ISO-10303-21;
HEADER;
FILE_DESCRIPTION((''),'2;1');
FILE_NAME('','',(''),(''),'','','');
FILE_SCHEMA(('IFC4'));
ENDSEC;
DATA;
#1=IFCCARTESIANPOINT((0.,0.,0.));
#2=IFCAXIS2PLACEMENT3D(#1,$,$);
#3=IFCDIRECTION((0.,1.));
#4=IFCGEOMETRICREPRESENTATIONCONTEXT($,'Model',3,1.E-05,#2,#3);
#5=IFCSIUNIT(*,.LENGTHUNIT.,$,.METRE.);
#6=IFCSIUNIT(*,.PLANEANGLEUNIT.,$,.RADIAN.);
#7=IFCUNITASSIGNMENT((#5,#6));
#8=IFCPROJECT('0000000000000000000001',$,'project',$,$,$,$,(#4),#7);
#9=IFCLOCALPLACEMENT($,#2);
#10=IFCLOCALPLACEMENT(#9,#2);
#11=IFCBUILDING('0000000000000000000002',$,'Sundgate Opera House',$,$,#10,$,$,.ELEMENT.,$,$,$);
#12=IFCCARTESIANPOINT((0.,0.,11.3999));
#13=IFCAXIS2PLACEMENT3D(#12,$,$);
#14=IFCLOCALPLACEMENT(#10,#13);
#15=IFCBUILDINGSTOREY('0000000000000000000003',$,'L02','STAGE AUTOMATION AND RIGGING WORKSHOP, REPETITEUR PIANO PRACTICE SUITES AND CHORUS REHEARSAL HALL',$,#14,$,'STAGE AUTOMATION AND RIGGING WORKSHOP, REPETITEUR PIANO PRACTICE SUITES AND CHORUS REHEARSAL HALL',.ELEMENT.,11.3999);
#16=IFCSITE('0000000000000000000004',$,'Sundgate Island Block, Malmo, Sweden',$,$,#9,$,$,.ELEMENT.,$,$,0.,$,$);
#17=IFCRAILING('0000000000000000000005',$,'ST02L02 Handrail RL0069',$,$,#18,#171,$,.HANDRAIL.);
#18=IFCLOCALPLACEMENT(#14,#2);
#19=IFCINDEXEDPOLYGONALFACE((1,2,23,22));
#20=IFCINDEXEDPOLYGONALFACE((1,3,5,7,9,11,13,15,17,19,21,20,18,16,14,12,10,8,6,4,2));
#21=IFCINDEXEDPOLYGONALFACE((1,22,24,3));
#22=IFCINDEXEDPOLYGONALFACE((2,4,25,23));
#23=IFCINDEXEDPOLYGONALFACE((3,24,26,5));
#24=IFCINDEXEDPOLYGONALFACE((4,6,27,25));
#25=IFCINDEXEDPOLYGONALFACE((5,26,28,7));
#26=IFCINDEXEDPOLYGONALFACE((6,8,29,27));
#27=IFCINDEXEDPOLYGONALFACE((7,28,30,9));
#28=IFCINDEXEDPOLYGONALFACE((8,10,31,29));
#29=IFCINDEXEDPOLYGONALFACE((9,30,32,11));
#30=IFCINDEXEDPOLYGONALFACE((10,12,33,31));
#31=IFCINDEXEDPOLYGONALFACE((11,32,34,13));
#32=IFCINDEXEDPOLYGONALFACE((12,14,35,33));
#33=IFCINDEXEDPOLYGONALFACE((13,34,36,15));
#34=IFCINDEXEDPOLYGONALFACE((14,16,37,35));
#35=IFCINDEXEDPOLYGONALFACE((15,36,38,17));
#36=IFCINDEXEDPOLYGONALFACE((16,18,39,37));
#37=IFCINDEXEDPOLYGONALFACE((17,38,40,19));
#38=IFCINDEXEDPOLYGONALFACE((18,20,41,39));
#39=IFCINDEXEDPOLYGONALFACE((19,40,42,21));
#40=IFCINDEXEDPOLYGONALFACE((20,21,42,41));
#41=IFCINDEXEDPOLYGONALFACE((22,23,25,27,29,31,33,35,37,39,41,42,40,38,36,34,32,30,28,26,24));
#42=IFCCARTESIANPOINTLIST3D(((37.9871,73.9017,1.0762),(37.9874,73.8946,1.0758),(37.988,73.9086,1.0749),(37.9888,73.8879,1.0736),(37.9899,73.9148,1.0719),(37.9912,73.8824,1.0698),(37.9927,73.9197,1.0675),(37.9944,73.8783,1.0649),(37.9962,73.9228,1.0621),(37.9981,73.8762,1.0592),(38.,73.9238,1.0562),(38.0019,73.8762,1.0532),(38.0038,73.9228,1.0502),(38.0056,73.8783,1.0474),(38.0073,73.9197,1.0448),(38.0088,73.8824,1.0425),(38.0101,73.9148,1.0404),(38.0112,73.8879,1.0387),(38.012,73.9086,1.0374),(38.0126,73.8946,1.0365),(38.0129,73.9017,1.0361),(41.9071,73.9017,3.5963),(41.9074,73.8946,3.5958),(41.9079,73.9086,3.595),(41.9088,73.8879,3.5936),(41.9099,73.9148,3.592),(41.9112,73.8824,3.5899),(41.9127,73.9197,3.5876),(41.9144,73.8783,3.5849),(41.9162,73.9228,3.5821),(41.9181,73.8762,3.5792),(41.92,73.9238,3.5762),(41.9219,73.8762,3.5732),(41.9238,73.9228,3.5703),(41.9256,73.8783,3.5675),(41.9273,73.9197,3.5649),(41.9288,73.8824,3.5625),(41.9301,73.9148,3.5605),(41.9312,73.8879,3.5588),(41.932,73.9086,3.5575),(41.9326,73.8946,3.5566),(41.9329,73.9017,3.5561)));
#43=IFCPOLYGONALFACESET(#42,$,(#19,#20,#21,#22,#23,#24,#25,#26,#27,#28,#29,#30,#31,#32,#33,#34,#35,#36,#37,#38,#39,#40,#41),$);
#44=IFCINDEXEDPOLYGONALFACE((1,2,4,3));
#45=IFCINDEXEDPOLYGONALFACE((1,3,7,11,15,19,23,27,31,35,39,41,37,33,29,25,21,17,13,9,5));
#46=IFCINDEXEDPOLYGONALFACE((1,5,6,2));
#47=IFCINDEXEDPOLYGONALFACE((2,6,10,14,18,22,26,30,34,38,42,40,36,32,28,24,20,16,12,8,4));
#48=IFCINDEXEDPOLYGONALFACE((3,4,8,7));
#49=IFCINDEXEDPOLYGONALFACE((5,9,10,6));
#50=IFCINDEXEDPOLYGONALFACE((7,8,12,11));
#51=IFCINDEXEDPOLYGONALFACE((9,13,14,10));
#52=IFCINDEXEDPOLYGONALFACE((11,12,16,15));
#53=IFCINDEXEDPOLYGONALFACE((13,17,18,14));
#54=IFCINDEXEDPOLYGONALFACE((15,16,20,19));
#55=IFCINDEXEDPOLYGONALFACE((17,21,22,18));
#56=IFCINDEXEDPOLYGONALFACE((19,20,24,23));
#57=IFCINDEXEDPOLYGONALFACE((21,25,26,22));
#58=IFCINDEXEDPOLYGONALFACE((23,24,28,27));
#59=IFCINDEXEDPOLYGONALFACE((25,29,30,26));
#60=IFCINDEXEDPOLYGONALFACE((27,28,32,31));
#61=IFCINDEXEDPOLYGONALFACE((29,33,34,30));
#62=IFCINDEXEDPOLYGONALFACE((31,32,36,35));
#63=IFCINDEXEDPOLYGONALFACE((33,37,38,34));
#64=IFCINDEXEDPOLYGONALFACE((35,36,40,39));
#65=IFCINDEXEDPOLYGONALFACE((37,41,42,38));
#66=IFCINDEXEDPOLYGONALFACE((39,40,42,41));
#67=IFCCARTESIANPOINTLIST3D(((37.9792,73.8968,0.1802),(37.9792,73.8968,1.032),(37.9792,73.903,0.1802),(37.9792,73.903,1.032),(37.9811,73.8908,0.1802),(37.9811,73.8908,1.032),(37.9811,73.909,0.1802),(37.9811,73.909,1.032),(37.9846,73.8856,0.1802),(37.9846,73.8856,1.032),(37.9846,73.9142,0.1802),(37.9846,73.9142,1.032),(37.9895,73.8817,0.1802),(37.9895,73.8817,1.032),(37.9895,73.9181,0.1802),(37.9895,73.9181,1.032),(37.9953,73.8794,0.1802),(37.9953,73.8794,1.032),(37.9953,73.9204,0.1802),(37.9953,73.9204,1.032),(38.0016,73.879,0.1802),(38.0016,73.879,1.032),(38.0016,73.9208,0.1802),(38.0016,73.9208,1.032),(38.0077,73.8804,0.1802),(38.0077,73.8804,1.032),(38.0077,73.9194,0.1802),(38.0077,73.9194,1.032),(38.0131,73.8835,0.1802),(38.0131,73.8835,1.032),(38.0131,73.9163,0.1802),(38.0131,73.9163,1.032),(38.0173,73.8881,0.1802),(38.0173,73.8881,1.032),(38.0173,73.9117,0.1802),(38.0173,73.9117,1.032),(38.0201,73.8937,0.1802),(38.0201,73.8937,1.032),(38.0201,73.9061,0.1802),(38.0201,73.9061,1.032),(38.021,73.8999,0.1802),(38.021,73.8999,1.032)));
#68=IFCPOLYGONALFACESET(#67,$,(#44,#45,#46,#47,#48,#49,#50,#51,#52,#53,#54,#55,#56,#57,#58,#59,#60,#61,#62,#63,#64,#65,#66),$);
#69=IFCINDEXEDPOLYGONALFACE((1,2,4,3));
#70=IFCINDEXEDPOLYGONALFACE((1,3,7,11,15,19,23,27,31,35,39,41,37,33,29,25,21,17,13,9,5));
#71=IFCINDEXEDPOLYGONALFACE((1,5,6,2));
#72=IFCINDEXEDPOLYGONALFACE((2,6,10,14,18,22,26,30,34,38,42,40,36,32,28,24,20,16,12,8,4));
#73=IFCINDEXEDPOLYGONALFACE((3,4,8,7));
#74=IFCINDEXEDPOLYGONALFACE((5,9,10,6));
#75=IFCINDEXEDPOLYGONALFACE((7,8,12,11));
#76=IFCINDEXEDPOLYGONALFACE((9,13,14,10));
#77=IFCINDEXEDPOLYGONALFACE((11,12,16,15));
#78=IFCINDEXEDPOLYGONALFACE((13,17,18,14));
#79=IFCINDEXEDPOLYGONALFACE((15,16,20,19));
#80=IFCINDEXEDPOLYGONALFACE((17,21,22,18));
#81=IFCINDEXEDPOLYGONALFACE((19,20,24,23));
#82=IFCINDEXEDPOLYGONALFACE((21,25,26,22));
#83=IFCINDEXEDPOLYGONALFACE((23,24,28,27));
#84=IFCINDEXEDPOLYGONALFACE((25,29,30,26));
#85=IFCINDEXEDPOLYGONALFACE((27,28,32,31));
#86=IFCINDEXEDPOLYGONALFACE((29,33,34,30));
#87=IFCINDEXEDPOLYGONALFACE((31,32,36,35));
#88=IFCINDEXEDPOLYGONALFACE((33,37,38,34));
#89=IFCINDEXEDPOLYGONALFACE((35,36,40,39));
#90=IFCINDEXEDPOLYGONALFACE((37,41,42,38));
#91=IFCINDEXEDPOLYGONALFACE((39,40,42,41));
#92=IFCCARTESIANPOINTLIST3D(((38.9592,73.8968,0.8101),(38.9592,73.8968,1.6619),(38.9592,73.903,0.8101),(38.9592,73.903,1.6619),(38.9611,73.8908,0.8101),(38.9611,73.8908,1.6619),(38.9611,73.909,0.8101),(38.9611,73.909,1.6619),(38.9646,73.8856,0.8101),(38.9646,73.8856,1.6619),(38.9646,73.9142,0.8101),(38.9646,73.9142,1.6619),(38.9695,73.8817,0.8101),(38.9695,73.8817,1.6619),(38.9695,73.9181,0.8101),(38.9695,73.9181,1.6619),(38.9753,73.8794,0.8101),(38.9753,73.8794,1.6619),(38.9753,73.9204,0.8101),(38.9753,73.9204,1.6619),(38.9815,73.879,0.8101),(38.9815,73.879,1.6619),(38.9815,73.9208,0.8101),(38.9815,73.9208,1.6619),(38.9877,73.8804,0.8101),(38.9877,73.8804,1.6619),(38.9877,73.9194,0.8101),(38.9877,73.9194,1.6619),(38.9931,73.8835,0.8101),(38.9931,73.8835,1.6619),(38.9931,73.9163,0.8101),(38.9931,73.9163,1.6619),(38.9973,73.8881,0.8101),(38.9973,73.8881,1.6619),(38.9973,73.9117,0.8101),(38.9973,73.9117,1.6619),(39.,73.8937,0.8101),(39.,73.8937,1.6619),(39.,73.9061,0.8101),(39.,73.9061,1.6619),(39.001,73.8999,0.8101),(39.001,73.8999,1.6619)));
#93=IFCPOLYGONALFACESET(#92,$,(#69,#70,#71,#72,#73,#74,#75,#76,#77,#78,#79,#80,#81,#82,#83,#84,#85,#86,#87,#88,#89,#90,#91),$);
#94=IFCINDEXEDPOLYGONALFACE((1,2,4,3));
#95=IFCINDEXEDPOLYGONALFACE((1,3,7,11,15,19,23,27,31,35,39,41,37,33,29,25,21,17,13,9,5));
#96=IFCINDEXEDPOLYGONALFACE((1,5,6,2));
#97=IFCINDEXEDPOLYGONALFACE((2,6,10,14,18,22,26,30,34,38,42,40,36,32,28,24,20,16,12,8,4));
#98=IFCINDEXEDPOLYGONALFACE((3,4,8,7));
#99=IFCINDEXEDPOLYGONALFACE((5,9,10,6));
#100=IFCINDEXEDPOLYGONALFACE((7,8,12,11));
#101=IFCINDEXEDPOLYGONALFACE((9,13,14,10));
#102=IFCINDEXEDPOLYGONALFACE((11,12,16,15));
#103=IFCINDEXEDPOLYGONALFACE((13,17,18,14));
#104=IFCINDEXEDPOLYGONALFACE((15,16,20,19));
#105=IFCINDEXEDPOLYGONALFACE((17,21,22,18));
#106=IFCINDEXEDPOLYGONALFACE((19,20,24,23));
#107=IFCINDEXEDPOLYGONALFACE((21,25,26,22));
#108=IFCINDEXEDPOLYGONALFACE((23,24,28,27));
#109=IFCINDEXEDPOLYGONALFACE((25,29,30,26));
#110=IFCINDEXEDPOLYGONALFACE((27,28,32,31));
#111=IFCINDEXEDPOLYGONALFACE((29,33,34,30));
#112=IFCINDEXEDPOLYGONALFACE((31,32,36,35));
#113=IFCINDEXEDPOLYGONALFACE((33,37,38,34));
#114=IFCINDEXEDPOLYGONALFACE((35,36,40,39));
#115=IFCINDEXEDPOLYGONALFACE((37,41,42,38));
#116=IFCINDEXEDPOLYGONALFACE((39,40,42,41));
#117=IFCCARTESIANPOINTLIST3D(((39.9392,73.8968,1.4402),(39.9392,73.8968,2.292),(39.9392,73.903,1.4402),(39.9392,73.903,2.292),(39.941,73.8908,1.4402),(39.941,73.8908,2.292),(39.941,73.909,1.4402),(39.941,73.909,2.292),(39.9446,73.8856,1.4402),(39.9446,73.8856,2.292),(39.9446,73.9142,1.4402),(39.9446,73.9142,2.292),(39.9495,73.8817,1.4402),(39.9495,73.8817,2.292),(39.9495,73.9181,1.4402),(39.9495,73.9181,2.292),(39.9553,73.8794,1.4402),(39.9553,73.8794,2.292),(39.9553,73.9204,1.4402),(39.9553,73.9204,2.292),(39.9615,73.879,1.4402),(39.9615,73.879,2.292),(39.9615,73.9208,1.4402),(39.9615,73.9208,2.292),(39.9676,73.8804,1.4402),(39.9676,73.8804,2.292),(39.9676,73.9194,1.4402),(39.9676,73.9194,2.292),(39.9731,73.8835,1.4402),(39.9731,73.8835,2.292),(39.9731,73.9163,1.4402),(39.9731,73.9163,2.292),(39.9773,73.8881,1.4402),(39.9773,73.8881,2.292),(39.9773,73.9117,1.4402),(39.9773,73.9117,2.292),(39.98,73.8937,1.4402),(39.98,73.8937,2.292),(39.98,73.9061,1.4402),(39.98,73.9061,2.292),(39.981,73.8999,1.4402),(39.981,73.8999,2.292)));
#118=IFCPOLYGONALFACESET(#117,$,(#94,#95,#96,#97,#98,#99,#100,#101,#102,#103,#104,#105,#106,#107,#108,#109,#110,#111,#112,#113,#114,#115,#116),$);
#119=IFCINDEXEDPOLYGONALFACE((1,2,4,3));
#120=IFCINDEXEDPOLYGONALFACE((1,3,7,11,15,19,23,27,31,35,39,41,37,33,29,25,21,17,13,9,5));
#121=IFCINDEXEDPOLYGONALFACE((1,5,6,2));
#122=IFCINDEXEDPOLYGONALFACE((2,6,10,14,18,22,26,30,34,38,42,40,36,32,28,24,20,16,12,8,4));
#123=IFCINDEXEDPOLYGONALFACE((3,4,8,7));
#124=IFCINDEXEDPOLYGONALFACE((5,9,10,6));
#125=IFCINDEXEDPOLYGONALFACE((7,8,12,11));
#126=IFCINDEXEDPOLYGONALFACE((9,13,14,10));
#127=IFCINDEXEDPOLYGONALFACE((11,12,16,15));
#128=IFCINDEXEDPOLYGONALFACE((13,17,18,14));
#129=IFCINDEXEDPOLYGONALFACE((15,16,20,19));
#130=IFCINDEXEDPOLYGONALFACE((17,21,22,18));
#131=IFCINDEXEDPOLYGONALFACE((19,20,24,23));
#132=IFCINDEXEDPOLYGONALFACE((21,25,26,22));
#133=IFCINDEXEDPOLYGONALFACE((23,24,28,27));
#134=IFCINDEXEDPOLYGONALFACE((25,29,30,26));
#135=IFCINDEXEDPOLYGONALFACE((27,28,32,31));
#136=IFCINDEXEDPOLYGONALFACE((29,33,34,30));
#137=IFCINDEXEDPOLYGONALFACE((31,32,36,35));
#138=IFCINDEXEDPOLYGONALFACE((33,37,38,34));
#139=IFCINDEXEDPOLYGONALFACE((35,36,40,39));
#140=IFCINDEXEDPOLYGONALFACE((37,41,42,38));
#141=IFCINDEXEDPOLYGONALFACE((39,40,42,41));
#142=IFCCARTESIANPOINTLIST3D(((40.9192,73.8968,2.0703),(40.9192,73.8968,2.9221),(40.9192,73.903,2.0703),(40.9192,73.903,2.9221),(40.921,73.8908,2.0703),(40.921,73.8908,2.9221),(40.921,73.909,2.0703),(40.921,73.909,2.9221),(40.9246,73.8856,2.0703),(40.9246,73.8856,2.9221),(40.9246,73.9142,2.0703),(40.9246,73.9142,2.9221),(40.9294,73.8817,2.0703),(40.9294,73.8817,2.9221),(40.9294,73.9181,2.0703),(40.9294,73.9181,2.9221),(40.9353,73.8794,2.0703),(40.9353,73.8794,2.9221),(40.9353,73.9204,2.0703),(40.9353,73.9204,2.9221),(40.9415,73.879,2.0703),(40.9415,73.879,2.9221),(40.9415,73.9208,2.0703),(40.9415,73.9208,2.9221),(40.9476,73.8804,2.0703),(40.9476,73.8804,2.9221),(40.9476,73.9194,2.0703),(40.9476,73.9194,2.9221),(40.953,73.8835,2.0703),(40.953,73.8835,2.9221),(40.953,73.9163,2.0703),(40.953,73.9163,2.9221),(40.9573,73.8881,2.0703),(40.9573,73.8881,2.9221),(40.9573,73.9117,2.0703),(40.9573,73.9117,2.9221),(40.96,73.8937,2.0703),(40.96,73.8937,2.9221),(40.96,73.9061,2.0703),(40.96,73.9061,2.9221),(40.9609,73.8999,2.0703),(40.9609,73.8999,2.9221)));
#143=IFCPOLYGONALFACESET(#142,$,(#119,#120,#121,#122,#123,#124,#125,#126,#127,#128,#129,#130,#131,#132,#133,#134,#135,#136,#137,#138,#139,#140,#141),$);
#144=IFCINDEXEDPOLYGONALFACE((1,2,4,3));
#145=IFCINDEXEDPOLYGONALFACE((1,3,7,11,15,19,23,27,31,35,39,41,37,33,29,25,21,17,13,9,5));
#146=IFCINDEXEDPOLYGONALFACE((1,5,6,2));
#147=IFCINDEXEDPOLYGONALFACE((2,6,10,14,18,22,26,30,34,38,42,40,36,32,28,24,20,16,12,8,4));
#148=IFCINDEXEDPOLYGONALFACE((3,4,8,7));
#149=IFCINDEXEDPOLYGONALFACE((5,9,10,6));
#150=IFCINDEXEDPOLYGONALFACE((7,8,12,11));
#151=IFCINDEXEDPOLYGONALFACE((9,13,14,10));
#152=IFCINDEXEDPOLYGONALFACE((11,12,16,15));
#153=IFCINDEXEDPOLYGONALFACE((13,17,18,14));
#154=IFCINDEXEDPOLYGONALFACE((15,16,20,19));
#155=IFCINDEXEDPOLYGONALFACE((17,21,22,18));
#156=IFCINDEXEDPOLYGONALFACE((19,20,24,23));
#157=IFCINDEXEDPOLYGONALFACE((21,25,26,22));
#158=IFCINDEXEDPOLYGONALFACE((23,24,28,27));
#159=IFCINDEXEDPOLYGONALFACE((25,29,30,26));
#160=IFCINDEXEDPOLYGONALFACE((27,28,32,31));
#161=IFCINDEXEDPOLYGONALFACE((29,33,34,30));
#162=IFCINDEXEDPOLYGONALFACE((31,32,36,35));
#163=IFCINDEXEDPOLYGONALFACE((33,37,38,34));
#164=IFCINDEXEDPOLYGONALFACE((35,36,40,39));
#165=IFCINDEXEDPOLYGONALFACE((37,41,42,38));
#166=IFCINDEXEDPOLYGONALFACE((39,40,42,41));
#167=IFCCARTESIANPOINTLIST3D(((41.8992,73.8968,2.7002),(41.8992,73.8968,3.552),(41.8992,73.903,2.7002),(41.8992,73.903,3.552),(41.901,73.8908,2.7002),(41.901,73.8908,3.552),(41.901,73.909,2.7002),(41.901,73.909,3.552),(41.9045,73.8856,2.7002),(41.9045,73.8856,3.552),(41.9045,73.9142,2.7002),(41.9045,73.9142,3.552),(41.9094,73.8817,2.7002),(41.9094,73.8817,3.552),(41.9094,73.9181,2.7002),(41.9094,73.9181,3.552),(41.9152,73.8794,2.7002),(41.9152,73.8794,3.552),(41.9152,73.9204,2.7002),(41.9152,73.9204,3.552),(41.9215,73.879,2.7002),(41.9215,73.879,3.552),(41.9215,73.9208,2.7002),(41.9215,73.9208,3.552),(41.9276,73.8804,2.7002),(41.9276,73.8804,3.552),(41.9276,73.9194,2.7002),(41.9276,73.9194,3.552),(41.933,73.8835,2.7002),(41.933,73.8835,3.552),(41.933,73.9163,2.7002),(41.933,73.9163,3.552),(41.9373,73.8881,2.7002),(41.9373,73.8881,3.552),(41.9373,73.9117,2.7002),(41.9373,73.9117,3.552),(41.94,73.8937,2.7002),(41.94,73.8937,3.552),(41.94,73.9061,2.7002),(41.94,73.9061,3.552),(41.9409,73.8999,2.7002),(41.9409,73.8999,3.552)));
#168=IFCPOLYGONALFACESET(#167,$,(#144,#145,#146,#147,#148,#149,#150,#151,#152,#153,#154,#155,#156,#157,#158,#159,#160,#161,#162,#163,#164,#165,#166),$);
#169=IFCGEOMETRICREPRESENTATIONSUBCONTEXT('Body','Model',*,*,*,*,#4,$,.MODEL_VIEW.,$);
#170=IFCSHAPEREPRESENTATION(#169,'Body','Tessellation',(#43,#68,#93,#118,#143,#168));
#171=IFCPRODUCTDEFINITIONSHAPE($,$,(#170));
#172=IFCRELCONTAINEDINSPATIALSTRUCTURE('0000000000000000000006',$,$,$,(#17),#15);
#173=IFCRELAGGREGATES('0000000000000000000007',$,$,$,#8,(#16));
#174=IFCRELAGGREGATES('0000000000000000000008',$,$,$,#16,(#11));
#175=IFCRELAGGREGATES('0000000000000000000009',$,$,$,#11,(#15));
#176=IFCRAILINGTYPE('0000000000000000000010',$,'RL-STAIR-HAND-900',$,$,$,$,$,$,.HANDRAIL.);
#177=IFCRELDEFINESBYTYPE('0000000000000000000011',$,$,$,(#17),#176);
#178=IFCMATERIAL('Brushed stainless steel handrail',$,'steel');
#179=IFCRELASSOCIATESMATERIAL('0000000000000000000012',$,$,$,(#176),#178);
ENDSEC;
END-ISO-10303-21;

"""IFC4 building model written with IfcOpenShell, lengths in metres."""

from ifc_helpers import new_model, si_unit, direction, frame, origin, origin_2d, place, context, subcontext, project, spatial, circle, extrude, material, type_object, element, save


model = new_model("IFC4")

# Units and contexts
model_context = context("Model", 3, precision=1e-05, world=origin(), true_north=direction((0.0, 1.0)))
body_context = subcontext(model_context, "Body", "Model", "MODEL_VIEW")
ifc_project = project(units=[si_unit("LENGTHUNIT", "METRE"), si_unit("PLANEANGLEUNIT", "RADIAN")], contexts=[model_context])

# Site, building, storey
site_placement = place(None, origin())
site = spatial("IfcSite", under=ifc_project, at=site_placement, Name="Sundgate Island Block, Malmo, Sweden", CompositionType="ELEMENT", RefElevation=0.0)
building_placement = place(site_placement, origin())
building = spatial("IfcBuilding", under=site, at=building_placement, Name="Sundgate Opera House", CompositionType="ELEMENT")
storey_placement = place(building_placement, frame((0.0, 0.0, 11.3999)))
storey = spatial("IfcBuildingStorey", under=building, at=storey_placement, Name="L02", Description="STAGE AUTOMATION AND RIGGING WORKSHOP, REPETITEUR PIANO PRACTICE SUITES AND CHORUS REHEARSAL HALL", LongName="STAGE AUTOMATION AND RIGGING WORKSHOP, REPETITEUR PIANO PRACTICE SUITES AND CHORUS REHEARSAL HALL", CompositionType="ELEMENT", Elevation=11.3999)

# Railing
ifc_material_1 = material(Name="Brushed stainless steel handrail", Category="steel")
railing_type_1 = type_object("IfcRailingType", Name="RL-STAIR-HAND-900", PredefinedType="HANDRAIL", material=ifc_material_1)
railing_1_placement = place(storey_placement, frame((38.0, 73.8999, 0.1802)))
element("IfcRailing", 1, at=railing_1_placement, inside=storey, type_object=railing_type_1, Name="ST02L02 Handrail RL0069", PredefinedType="HANDRAIL", context=body_context, shape_type="SweptSolid", body=[
    extrude(circle(Radius=0.0239, at=origin_2d()), frame((0.0, 0.0, 0.876), z_axis=(0.841172, 0.0, 0.540768), x_axis=(0.0, 1.0, 0.0)), (0.0, 0.0, 1.0), 4.6602),
    extrude(circle(Radius=0.021, at=origin_2d()), origin(), (0.0, 0.0, 1.0), 0.8518),
    extrude(circle(Radius=0.021, at=origin_2d()), frame((0.98, 0.0, 0.6299)), (0.0, 0.0, 1.0), 0.8518),
    extrude(circle(Radius=0.021, at=origin_2d()), frame((1.96, 0.0, 1.26)), (0.0, 0.0, 1.0), 0.8518),
    extrude(circle(Radius=0.021, at=origin_2d()), frame((2.9399, 0.0, 1.8901)), (0.0, 0.0, 1.0), 0.8518),
    extrude(circle(Radius=0.021, at=origin_2d()), frame((3.9199, 0.0, 2.52)), (0.0, 0.0, 1.0), 0.8518),
])

save(model, "model.ifc")
